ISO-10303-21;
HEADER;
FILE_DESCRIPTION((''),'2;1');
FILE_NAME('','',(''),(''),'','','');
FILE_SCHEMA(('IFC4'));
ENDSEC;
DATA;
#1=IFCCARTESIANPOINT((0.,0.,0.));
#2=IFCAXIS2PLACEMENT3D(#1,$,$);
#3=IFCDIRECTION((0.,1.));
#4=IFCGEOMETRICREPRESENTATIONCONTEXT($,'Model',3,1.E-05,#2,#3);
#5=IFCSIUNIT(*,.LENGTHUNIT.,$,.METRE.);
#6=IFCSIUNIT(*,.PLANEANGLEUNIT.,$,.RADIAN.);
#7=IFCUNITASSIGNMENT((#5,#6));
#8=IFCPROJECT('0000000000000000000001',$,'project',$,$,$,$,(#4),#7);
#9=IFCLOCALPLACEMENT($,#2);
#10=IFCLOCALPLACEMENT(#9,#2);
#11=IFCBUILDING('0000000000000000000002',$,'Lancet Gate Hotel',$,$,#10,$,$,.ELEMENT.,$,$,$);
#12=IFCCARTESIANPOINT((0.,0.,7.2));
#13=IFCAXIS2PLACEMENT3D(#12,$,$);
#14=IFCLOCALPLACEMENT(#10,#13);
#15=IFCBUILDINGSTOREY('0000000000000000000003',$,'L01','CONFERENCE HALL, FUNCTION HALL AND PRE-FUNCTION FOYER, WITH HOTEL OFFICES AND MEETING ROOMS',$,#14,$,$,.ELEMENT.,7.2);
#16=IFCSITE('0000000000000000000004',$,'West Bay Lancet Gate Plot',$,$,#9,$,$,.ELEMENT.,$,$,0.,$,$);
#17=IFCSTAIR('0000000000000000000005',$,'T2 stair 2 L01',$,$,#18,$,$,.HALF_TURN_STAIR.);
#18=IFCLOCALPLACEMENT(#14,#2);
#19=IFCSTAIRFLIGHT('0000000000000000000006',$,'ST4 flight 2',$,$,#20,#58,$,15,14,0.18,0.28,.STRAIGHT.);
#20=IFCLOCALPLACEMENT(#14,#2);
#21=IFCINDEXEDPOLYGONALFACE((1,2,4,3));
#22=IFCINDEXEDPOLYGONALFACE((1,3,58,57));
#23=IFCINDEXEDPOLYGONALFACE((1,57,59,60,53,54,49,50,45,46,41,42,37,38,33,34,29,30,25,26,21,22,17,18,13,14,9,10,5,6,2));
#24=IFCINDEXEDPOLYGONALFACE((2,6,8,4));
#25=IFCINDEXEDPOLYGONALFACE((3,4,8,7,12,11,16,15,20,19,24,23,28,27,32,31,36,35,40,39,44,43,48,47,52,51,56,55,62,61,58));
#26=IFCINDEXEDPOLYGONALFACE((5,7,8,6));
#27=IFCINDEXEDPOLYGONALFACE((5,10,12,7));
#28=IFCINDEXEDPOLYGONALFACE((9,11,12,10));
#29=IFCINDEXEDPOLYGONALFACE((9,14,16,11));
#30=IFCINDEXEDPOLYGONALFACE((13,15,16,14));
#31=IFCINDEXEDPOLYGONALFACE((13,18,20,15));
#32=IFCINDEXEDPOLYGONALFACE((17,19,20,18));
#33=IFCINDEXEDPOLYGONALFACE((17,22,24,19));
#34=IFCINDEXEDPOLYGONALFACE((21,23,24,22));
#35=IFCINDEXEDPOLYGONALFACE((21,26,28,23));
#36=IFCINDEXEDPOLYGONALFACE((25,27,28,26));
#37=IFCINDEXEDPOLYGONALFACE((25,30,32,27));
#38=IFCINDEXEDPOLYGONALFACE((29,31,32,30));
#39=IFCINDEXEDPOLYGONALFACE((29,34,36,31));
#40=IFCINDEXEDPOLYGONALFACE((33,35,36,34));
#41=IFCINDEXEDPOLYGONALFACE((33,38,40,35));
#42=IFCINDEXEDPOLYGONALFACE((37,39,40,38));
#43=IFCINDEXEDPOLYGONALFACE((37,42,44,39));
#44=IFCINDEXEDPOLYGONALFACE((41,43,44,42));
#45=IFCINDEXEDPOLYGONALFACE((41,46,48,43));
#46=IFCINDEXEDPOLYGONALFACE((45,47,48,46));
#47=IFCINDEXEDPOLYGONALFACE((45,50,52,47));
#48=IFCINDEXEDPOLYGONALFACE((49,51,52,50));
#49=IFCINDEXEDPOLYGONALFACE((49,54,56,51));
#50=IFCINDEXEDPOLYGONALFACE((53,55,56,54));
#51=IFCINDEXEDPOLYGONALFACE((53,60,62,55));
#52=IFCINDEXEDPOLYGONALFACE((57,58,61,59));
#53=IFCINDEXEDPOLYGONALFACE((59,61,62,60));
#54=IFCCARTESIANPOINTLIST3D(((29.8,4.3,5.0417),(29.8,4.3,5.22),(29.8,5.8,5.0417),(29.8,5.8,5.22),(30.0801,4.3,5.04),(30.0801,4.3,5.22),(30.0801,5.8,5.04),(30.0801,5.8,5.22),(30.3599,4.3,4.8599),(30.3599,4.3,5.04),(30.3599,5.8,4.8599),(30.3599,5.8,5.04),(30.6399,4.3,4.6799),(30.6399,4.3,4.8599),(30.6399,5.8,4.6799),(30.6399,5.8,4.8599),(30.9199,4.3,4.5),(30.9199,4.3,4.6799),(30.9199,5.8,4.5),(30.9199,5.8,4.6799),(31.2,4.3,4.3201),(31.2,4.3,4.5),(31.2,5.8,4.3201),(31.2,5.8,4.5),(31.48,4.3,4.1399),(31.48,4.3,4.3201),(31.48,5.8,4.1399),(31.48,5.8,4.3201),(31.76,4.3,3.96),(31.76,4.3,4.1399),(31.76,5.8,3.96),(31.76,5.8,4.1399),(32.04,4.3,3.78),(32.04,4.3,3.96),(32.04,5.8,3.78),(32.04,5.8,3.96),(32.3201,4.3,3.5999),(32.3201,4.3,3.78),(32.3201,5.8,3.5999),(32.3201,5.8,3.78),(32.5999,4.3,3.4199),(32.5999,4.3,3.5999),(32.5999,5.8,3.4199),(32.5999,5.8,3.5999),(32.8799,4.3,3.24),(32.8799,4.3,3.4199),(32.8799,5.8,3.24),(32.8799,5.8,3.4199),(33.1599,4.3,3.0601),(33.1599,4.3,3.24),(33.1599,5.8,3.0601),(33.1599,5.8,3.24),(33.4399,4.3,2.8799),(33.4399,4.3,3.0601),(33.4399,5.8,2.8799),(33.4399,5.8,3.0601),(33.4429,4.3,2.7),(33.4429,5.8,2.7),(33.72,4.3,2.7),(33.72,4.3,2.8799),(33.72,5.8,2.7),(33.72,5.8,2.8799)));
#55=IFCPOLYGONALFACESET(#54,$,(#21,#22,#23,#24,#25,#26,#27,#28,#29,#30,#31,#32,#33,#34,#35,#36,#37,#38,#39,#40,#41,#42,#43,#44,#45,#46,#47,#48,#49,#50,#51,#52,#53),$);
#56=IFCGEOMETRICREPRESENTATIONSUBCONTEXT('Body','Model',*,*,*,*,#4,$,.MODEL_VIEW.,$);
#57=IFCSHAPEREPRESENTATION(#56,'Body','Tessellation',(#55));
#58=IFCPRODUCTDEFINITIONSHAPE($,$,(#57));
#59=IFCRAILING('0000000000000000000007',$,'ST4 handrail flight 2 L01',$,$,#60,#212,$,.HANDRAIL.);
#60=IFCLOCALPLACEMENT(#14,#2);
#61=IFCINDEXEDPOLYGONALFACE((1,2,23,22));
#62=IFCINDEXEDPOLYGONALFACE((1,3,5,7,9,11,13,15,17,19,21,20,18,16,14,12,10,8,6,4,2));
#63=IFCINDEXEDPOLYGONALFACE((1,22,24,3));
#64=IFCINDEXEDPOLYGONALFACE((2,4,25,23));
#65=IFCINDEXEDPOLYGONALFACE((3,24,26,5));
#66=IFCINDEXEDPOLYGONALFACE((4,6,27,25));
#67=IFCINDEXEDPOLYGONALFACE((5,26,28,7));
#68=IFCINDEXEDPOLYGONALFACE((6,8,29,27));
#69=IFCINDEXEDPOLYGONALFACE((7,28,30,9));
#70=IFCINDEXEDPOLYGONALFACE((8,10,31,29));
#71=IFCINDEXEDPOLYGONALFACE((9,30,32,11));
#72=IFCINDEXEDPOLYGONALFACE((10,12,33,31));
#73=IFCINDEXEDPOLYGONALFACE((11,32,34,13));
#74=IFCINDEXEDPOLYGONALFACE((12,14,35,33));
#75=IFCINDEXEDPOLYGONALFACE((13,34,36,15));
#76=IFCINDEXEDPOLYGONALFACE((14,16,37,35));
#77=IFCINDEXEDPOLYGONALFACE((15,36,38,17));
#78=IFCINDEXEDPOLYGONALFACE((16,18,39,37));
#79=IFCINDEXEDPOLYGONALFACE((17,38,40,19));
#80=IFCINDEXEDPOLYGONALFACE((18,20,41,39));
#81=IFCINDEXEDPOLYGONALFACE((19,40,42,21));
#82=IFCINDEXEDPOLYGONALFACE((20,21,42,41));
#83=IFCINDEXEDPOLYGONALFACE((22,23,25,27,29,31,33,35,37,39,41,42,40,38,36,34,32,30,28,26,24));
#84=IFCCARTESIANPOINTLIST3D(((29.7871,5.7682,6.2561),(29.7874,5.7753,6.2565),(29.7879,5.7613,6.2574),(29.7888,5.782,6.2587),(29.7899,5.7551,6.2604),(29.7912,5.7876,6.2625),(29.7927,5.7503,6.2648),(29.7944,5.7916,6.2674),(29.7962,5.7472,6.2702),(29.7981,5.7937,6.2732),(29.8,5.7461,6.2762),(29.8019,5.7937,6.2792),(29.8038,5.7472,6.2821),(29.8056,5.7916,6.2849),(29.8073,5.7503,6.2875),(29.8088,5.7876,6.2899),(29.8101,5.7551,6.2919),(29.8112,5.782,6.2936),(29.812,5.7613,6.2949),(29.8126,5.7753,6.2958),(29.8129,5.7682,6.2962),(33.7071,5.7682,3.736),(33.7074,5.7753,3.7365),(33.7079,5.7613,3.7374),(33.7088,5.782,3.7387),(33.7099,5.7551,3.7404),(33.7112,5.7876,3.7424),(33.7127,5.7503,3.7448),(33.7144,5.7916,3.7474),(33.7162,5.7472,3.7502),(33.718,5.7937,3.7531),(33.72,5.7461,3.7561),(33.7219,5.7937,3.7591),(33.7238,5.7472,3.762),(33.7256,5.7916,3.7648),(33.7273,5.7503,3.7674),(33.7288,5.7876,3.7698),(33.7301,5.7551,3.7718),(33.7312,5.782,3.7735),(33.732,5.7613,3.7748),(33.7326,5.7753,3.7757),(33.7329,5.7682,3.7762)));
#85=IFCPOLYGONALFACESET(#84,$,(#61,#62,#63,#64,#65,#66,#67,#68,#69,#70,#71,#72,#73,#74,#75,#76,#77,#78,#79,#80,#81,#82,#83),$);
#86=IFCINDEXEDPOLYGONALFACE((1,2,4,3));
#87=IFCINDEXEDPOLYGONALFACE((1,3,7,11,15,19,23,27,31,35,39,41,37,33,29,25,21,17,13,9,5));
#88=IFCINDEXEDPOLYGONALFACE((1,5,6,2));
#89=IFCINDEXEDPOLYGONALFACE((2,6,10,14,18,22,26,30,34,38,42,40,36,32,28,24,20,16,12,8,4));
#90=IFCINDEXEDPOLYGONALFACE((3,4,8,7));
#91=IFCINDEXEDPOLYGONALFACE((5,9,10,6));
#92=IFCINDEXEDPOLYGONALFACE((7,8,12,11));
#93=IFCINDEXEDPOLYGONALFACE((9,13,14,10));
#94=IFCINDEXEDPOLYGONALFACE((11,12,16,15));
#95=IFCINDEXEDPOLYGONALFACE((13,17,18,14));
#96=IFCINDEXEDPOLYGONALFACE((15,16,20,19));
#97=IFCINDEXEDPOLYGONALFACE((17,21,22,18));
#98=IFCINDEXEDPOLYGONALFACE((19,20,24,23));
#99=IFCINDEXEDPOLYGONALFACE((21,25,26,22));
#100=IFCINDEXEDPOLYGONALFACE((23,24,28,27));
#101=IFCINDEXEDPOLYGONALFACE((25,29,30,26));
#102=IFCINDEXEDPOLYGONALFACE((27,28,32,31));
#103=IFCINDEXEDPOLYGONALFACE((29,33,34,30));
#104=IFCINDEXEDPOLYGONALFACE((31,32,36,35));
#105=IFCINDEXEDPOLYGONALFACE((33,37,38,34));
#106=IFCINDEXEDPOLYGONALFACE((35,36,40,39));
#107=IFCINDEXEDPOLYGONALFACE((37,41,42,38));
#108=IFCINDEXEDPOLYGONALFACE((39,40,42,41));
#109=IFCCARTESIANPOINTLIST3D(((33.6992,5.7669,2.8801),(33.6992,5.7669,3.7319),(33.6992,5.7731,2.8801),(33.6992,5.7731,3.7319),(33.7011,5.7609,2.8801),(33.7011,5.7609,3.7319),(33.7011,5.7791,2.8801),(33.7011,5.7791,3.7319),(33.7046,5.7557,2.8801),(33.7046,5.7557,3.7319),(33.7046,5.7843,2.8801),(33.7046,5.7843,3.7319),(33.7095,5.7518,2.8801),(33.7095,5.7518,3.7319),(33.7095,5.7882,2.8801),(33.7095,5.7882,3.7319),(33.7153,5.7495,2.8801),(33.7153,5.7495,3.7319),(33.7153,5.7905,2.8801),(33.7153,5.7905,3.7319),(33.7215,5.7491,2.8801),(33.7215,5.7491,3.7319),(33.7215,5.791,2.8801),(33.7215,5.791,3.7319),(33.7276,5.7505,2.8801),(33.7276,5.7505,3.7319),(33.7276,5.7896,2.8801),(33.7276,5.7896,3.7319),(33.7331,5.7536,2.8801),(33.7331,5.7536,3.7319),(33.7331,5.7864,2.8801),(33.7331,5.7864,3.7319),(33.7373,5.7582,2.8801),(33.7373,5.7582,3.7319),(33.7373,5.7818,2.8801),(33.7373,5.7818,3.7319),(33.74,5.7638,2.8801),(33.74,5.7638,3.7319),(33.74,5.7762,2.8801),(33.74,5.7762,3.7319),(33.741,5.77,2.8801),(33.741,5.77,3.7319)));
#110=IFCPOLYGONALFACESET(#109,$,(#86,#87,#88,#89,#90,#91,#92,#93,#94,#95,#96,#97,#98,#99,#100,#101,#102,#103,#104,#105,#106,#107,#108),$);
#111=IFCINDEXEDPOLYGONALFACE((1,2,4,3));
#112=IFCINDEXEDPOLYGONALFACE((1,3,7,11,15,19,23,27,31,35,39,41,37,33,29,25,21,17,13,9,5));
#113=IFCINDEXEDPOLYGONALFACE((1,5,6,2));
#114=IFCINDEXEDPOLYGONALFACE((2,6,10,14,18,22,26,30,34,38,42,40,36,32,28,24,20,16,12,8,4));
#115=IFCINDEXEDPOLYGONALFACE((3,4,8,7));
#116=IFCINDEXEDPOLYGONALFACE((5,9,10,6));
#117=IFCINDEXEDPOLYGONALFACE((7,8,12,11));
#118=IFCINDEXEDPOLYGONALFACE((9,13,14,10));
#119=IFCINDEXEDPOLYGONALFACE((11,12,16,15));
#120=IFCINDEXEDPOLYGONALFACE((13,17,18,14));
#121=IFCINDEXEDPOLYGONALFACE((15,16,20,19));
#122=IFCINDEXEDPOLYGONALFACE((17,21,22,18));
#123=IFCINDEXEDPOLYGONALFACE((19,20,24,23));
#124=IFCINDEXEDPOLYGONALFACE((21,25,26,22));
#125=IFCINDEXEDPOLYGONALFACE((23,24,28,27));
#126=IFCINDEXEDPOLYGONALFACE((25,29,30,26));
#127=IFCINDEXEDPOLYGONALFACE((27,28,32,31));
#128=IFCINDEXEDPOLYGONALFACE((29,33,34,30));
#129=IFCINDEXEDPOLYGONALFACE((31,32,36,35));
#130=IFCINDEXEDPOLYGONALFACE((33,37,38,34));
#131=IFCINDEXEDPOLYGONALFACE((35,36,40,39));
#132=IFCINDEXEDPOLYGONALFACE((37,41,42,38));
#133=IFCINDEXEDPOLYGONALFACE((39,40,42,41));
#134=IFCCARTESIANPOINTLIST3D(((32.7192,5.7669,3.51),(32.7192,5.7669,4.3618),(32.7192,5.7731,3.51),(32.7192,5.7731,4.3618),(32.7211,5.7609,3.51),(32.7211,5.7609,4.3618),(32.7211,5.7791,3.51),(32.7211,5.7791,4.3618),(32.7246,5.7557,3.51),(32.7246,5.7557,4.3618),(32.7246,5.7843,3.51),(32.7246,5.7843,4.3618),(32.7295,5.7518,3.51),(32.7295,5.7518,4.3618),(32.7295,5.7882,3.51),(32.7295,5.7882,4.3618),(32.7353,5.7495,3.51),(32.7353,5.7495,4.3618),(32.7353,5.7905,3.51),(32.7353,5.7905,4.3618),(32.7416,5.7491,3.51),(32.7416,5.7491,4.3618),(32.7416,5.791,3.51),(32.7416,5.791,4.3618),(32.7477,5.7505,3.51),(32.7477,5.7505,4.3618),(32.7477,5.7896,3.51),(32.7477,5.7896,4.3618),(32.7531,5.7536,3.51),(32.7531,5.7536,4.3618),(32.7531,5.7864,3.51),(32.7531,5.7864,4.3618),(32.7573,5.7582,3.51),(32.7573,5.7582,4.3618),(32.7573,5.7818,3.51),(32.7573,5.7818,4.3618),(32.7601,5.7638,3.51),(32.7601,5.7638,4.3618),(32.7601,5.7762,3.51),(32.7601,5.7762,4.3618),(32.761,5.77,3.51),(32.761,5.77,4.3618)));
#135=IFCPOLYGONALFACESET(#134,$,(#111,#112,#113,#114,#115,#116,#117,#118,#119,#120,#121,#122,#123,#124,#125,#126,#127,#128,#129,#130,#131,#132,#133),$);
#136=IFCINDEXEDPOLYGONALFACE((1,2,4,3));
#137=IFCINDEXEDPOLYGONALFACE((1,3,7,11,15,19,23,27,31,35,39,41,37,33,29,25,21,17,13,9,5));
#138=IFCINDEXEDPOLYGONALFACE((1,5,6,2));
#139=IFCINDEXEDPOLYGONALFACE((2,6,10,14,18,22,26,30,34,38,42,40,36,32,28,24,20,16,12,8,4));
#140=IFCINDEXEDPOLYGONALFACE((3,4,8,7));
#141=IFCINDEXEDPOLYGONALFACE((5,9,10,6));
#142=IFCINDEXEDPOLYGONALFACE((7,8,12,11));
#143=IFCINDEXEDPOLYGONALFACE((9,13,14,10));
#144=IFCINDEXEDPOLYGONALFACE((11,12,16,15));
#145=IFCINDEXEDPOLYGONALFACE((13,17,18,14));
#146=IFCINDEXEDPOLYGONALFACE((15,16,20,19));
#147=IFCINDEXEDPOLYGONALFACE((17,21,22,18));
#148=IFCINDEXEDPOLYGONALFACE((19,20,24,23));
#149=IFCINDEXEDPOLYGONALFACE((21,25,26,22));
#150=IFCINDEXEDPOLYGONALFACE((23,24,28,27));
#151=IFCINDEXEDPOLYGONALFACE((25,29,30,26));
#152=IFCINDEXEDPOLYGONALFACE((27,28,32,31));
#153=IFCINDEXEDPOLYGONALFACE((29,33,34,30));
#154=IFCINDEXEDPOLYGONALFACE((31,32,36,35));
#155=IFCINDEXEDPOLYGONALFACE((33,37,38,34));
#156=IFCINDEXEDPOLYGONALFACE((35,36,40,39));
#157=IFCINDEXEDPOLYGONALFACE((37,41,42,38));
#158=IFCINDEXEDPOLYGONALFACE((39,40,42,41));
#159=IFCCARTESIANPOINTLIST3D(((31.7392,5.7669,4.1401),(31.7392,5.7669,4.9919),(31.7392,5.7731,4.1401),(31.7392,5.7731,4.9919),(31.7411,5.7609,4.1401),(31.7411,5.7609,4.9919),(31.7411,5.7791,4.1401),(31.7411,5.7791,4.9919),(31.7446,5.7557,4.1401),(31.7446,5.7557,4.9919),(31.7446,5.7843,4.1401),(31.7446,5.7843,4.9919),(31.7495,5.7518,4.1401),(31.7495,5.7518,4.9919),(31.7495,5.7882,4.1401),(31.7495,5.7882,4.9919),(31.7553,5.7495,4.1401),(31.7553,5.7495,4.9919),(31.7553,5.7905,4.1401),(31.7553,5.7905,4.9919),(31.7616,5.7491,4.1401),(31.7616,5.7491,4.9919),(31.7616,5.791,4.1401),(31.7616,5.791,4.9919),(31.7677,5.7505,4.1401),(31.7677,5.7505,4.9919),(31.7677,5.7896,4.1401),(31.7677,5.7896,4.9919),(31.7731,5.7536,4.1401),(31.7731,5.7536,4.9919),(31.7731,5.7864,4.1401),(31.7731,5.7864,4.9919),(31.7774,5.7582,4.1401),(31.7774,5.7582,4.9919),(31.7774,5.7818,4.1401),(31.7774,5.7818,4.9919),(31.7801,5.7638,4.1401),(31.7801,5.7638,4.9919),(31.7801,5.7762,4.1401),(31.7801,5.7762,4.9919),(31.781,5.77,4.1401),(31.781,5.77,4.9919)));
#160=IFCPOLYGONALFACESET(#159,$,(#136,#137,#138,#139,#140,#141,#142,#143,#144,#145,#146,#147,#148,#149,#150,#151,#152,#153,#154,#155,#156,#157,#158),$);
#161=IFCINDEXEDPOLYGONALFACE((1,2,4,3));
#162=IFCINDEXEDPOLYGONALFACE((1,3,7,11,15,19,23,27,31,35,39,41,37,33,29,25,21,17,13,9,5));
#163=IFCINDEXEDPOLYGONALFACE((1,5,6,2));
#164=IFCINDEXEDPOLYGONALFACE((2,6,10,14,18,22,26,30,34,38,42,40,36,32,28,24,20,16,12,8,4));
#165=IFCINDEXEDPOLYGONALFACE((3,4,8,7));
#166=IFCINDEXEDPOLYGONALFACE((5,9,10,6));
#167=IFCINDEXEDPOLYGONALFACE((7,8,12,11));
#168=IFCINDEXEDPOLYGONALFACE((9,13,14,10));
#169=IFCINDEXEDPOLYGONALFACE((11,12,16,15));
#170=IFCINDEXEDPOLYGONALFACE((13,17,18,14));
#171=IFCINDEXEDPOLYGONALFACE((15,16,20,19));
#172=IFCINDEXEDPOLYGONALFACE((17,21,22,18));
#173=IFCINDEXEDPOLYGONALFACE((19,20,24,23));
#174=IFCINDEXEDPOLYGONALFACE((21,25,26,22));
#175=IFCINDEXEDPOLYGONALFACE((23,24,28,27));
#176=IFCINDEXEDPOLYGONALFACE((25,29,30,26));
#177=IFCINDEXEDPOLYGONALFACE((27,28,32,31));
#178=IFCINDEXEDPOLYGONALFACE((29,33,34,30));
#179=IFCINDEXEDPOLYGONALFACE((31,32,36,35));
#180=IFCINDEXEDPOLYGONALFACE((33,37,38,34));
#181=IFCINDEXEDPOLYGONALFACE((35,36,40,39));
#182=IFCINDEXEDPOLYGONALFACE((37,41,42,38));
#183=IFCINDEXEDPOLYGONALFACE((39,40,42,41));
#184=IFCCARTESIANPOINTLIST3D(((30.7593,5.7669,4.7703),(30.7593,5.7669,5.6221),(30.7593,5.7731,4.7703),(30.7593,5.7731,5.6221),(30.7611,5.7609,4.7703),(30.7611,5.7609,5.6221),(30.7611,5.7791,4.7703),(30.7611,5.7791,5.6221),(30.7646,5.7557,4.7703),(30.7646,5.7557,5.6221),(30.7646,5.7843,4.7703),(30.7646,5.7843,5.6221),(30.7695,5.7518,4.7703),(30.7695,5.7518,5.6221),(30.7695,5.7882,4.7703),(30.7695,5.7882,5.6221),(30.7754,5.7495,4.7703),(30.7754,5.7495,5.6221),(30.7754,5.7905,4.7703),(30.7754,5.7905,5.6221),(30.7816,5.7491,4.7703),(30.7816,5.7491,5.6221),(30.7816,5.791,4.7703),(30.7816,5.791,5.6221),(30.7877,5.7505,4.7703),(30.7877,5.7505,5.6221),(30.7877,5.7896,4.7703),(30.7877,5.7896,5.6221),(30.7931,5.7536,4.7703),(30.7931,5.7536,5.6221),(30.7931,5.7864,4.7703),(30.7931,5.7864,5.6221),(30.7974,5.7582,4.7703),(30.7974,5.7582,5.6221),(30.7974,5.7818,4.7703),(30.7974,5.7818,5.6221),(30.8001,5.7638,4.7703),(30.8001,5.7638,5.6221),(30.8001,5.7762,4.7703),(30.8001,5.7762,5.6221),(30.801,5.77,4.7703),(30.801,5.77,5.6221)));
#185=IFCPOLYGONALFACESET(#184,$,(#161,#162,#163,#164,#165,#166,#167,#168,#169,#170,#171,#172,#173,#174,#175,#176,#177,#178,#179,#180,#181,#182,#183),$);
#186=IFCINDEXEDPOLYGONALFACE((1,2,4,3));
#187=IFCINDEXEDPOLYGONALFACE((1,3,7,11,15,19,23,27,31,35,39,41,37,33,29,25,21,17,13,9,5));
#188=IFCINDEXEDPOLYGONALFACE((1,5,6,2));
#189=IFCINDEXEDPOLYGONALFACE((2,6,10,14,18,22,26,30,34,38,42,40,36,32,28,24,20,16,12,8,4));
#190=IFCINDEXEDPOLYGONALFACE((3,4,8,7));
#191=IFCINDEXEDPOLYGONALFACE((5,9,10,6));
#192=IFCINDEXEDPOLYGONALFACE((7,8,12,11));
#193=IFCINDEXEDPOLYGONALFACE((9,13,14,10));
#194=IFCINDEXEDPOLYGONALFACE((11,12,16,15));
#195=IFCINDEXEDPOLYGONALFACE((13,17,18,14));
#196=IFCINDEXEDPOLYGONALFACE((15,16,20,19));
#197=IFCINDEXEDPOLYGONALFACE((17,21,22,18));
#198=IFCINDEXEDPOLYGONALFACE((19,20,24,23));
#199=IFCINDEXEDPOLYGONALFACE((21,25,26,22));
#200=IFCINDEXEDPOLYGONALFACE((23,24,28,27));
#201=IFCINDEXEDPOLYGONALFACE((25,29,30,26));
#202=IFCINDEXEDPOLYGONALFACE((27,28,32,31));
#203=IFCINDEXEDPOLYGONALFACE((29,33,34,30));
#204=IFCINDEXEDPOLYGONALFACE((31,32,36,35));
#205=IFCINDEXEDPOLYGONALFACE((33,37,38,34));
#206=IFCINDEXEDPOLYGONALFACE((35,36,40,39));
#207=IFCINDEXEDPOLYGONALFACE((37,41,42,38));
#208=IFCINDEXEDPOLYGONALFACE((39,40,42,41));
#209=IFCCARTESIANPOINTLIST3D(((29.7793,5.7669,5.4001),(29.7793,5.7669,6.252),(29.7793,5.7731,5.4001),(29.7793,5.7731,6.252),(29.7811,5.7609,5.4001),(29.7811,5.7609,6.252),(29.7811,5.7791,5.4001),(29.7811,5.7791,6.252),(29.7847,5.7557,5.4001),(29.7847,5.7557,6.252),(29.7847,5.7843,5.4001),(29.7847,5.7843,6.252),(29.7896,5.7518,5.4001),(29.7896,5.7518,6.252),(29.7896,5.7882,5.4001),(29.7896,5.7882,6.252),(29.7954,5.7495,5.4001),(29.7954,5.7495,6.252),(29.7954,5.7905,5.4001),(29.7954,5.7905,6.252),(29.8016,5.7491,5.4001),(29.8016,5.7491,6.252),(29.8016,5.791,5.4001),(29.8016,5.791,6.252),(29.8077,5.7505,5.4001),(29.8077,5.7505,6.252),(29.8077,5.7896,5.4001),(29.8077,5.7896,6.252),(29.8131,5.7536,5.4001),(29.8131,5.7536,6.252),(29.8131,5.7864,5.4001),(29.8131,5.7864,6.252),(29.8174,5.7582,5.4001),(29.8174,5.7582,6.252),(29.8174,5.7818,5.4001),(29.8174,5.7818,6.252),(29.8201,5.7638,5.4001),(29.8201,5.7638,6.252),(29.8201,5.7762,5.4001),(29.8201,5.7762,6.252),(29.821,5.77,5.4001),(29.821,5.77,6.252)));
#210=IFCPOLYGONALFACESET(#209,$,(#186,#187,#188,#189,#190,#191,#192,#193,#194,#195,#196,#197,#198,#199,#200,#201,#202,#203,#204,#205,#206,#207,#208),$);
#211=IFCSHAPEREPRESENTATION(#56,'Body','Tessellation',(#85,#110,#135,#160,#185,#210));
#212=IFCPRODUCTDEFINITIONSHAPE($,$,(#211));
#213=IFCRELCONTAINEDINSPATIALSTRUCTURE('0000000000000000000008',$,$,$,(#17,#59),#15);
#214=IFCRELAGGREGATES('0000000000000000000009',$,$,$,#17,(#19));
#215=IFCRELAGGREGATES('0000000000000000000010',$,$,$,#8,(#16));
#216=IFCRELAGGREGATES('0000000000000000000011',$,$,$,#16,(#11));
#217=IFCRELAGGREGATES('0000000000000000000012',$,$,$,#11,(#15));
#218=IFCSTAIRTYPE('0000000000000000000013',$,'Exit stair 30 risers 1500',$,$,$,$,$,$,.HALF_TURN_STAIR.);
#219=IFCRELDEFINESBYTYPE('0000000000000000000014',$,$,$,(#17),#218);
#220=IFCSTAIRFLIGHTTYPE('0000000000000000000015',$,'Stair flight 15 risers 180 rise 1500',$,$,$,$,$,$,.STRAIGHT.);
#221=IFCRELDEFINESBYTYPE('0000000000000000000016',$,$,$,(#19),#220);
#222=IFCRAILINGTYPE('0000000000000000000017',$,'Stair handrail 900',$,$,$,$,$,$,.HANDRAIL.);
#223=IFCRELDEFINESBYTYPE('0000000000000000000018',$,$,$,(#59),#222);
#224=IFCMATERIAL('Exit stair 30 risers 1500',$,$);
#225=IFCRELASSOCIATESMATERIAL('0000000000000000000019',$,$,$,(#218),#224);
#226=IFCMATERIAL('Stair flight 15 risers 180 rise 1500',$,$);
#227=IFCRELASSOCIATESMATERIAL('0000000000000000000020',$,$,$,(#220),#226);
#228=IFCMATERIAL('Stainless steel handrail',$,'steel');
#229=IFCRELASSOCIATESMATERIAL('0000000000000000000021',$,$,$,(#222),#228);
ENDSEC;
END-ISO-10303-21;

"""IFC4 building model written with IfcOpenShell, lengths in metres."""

from ifc_helpers import new_model, si_unit, direction, frame, origin, origin_2d, place, context, subcontext, project, spatial, polyline, circle, outline, extrude, material, type_object, element, aggregate, save


model = new_model("IFC4")

# Units and contexts
model_context = context("Model", 3, precision=1e-05, world=origin(), true_north=direction((0.0, 1.0)))
body_context = subcontext(model_context, "Body", "Model", "MODEL_VIEW")
ifc_project = project(units=[si_unit("LENGTHUNIT", "METRE"), si_unit("PLANEANGLEUNIT", "RADIAN")], contexts=[model_context])

# Site, building, storey
site_placement = place(None, origin())
site = spatial("IfcSite", under=ifc_project, at=site_placement, Name="West Bay Lancet Gate Plot", CompositionType="ELEMENT", RefElevation=0.0)
building_placement = place(site_placement, origin())
building = spatial("IfcBuilding", under=site, at=building_placement, Name="Lancet Gate Hotel", CompositionType="ELEMENT")
storey_placement = place(building_placement, frame((0.0, 0.0, 7.2)))
storey = spatial("IfcBuildingStorey", under=building, at=storey_placement, Name="L01", Description="CONFERENCE HALL, FUNCTION HALL AND PRE-FUNCTION FOYER, WITH HOTEL OFFICES AND MEETING ROOMS", CompositionType="ELEMENT", Elevation=7.2)

# Stair, stair flight
ifc_material_1 = material(Name="Exit stair 30 risers 1500")
stair_type = type_object("IfcStairType", Name="Exit stair 30 risers 1500", PredefinedType="HALF_TURN_STAIR", material=ifc_material_1)
stair_placement = place(storey_placement, origin())
stair = element("IfcStair", 1, at=stair_placement, inside=storey, type_object=stair_type, Name="T2 stair 2 L01", PredefinedType="HALF_TURN_STAIR")
ifc_material_2 = material(Name="Stair flight 15 risers 180 rise 1500")
stair_flight_type = type_object("IfcStairFlightType", Name="Stair flight 15 risers 180 rise 1500", PredefinedType="STRAIGHT", material=ifc_material_2)
stair_flight_placement = place(storey_placement, frame((33.72, 5.05, 2.7), z_axis=(0.0, 0.0, 1.0), x_axis=(-1.0, 0.0, 0.0)))
stair_flight = element("IfcStairFlight", 2, at=stair_flight_placement, type_object=stair_flight_type, Name="ST4 flight 2", NumberOfRisers=15, NumberOfTreads=14, PredefinedType="STRAIGHT", RiserHeight=0.18, TreadLength=0.28, context=body_context, shape_type="SweptSolid", body=[
    extrude(outline(polyline([(0.0, 0.0), (0.0, 0.1799), (0.28, 0.1799), (0.28, 0.3601), (0.5601, 0.3601), (0.5601, 0.54), (0.8401, 0.54), (0.8401, 0.72), (1.1201, 0.72), (1.1201, 0.8999), (1.3999, 0.8999), (1.3999, 1.0801), (1.6799, 1.0801), (1.6799, 1.26), (1.96, 1.26), (1.96, 1.4399), (2.24, 1.4399), (2.24, 1.6201), (2.52, 1.6201), (2.52, 1.8), (2.8, 1.8), (2.8, 1.98), (3.0801, 1.98), (3.0801, 2.1599), (3.3601, 2.1599), (3.3601, 2.3401), (3.6399, 2.3401), (3.6399, 2.52), (3.9199, 2.52), (3.9199, 2.7), (3.9199, 2.3418), (0.2771, 0.0), (0.0, 0.0)])), frame((0.0, 0.75, 0.0), z_axis=(0.0, -1.0, 0.0), x_axis=(1.0, 0.0, 0.0)), (0.0, 0.0, 1.0), 1.5),
])
aggregate(stair, [stair_flight])

# Railing
ifc_material_3 = material(Name="Stainless steel handrail", Category="steel")
railing_type = type_object("IfcRailingType", Name="Stair handrail 900", PredefinedType="HANDRAIL", material=ifc_material_3)
railing_placement = place(storey_placement, frame((33.72, 5.77, 2.8801)))
element("IfcRailing", 3, at=railing_placement, inside=storey, type_object=railing_type, Name="ST4 handrail flight 2 L01", PredefinedType="HANDRAIL", context=body_context, shape_type="SweptSolid", body=[
    extrude(circle(Radius=0.0239, at=origin_2d()), frame((0.0, 0.0, 0.876), z_axis=(-0.841172, 0.0, 0.540768), x_axis=(0.0, -1.0, 0.0)), (0.0, 0.0, 1.0), 4.6602),
    extrude(circle(Radius=0.021, at=origin_2d()), origin(), (0.0, 0.0, 1.0), 0.8518),
    extrude(circle(Radius=0.021, at=origin_2d()), frame((-0.98, 0.0, 0.6299)), (0.0, 0.0, 1.0), 0.8518),
    extrude(circle(Radius=0.021, at=origin_2d()), frame((-1.96, 0.0, 1.26)), (0.0, 0.0, 1.0), 0.8518),
    extrude(circle(Radius=0.021, at=origin_2d()), frame((-2.9399, 0.0, 1.8901)), (0.0, 0.0, 1.0), 0.8518),
    extrude(circle(Radius=0.021, at=origin_2d()), frame((-3.9199, 0.0, 2.52)), (0.0, 0.0, 1.0), 0.8518),
])

save(model, "model.ifc")
